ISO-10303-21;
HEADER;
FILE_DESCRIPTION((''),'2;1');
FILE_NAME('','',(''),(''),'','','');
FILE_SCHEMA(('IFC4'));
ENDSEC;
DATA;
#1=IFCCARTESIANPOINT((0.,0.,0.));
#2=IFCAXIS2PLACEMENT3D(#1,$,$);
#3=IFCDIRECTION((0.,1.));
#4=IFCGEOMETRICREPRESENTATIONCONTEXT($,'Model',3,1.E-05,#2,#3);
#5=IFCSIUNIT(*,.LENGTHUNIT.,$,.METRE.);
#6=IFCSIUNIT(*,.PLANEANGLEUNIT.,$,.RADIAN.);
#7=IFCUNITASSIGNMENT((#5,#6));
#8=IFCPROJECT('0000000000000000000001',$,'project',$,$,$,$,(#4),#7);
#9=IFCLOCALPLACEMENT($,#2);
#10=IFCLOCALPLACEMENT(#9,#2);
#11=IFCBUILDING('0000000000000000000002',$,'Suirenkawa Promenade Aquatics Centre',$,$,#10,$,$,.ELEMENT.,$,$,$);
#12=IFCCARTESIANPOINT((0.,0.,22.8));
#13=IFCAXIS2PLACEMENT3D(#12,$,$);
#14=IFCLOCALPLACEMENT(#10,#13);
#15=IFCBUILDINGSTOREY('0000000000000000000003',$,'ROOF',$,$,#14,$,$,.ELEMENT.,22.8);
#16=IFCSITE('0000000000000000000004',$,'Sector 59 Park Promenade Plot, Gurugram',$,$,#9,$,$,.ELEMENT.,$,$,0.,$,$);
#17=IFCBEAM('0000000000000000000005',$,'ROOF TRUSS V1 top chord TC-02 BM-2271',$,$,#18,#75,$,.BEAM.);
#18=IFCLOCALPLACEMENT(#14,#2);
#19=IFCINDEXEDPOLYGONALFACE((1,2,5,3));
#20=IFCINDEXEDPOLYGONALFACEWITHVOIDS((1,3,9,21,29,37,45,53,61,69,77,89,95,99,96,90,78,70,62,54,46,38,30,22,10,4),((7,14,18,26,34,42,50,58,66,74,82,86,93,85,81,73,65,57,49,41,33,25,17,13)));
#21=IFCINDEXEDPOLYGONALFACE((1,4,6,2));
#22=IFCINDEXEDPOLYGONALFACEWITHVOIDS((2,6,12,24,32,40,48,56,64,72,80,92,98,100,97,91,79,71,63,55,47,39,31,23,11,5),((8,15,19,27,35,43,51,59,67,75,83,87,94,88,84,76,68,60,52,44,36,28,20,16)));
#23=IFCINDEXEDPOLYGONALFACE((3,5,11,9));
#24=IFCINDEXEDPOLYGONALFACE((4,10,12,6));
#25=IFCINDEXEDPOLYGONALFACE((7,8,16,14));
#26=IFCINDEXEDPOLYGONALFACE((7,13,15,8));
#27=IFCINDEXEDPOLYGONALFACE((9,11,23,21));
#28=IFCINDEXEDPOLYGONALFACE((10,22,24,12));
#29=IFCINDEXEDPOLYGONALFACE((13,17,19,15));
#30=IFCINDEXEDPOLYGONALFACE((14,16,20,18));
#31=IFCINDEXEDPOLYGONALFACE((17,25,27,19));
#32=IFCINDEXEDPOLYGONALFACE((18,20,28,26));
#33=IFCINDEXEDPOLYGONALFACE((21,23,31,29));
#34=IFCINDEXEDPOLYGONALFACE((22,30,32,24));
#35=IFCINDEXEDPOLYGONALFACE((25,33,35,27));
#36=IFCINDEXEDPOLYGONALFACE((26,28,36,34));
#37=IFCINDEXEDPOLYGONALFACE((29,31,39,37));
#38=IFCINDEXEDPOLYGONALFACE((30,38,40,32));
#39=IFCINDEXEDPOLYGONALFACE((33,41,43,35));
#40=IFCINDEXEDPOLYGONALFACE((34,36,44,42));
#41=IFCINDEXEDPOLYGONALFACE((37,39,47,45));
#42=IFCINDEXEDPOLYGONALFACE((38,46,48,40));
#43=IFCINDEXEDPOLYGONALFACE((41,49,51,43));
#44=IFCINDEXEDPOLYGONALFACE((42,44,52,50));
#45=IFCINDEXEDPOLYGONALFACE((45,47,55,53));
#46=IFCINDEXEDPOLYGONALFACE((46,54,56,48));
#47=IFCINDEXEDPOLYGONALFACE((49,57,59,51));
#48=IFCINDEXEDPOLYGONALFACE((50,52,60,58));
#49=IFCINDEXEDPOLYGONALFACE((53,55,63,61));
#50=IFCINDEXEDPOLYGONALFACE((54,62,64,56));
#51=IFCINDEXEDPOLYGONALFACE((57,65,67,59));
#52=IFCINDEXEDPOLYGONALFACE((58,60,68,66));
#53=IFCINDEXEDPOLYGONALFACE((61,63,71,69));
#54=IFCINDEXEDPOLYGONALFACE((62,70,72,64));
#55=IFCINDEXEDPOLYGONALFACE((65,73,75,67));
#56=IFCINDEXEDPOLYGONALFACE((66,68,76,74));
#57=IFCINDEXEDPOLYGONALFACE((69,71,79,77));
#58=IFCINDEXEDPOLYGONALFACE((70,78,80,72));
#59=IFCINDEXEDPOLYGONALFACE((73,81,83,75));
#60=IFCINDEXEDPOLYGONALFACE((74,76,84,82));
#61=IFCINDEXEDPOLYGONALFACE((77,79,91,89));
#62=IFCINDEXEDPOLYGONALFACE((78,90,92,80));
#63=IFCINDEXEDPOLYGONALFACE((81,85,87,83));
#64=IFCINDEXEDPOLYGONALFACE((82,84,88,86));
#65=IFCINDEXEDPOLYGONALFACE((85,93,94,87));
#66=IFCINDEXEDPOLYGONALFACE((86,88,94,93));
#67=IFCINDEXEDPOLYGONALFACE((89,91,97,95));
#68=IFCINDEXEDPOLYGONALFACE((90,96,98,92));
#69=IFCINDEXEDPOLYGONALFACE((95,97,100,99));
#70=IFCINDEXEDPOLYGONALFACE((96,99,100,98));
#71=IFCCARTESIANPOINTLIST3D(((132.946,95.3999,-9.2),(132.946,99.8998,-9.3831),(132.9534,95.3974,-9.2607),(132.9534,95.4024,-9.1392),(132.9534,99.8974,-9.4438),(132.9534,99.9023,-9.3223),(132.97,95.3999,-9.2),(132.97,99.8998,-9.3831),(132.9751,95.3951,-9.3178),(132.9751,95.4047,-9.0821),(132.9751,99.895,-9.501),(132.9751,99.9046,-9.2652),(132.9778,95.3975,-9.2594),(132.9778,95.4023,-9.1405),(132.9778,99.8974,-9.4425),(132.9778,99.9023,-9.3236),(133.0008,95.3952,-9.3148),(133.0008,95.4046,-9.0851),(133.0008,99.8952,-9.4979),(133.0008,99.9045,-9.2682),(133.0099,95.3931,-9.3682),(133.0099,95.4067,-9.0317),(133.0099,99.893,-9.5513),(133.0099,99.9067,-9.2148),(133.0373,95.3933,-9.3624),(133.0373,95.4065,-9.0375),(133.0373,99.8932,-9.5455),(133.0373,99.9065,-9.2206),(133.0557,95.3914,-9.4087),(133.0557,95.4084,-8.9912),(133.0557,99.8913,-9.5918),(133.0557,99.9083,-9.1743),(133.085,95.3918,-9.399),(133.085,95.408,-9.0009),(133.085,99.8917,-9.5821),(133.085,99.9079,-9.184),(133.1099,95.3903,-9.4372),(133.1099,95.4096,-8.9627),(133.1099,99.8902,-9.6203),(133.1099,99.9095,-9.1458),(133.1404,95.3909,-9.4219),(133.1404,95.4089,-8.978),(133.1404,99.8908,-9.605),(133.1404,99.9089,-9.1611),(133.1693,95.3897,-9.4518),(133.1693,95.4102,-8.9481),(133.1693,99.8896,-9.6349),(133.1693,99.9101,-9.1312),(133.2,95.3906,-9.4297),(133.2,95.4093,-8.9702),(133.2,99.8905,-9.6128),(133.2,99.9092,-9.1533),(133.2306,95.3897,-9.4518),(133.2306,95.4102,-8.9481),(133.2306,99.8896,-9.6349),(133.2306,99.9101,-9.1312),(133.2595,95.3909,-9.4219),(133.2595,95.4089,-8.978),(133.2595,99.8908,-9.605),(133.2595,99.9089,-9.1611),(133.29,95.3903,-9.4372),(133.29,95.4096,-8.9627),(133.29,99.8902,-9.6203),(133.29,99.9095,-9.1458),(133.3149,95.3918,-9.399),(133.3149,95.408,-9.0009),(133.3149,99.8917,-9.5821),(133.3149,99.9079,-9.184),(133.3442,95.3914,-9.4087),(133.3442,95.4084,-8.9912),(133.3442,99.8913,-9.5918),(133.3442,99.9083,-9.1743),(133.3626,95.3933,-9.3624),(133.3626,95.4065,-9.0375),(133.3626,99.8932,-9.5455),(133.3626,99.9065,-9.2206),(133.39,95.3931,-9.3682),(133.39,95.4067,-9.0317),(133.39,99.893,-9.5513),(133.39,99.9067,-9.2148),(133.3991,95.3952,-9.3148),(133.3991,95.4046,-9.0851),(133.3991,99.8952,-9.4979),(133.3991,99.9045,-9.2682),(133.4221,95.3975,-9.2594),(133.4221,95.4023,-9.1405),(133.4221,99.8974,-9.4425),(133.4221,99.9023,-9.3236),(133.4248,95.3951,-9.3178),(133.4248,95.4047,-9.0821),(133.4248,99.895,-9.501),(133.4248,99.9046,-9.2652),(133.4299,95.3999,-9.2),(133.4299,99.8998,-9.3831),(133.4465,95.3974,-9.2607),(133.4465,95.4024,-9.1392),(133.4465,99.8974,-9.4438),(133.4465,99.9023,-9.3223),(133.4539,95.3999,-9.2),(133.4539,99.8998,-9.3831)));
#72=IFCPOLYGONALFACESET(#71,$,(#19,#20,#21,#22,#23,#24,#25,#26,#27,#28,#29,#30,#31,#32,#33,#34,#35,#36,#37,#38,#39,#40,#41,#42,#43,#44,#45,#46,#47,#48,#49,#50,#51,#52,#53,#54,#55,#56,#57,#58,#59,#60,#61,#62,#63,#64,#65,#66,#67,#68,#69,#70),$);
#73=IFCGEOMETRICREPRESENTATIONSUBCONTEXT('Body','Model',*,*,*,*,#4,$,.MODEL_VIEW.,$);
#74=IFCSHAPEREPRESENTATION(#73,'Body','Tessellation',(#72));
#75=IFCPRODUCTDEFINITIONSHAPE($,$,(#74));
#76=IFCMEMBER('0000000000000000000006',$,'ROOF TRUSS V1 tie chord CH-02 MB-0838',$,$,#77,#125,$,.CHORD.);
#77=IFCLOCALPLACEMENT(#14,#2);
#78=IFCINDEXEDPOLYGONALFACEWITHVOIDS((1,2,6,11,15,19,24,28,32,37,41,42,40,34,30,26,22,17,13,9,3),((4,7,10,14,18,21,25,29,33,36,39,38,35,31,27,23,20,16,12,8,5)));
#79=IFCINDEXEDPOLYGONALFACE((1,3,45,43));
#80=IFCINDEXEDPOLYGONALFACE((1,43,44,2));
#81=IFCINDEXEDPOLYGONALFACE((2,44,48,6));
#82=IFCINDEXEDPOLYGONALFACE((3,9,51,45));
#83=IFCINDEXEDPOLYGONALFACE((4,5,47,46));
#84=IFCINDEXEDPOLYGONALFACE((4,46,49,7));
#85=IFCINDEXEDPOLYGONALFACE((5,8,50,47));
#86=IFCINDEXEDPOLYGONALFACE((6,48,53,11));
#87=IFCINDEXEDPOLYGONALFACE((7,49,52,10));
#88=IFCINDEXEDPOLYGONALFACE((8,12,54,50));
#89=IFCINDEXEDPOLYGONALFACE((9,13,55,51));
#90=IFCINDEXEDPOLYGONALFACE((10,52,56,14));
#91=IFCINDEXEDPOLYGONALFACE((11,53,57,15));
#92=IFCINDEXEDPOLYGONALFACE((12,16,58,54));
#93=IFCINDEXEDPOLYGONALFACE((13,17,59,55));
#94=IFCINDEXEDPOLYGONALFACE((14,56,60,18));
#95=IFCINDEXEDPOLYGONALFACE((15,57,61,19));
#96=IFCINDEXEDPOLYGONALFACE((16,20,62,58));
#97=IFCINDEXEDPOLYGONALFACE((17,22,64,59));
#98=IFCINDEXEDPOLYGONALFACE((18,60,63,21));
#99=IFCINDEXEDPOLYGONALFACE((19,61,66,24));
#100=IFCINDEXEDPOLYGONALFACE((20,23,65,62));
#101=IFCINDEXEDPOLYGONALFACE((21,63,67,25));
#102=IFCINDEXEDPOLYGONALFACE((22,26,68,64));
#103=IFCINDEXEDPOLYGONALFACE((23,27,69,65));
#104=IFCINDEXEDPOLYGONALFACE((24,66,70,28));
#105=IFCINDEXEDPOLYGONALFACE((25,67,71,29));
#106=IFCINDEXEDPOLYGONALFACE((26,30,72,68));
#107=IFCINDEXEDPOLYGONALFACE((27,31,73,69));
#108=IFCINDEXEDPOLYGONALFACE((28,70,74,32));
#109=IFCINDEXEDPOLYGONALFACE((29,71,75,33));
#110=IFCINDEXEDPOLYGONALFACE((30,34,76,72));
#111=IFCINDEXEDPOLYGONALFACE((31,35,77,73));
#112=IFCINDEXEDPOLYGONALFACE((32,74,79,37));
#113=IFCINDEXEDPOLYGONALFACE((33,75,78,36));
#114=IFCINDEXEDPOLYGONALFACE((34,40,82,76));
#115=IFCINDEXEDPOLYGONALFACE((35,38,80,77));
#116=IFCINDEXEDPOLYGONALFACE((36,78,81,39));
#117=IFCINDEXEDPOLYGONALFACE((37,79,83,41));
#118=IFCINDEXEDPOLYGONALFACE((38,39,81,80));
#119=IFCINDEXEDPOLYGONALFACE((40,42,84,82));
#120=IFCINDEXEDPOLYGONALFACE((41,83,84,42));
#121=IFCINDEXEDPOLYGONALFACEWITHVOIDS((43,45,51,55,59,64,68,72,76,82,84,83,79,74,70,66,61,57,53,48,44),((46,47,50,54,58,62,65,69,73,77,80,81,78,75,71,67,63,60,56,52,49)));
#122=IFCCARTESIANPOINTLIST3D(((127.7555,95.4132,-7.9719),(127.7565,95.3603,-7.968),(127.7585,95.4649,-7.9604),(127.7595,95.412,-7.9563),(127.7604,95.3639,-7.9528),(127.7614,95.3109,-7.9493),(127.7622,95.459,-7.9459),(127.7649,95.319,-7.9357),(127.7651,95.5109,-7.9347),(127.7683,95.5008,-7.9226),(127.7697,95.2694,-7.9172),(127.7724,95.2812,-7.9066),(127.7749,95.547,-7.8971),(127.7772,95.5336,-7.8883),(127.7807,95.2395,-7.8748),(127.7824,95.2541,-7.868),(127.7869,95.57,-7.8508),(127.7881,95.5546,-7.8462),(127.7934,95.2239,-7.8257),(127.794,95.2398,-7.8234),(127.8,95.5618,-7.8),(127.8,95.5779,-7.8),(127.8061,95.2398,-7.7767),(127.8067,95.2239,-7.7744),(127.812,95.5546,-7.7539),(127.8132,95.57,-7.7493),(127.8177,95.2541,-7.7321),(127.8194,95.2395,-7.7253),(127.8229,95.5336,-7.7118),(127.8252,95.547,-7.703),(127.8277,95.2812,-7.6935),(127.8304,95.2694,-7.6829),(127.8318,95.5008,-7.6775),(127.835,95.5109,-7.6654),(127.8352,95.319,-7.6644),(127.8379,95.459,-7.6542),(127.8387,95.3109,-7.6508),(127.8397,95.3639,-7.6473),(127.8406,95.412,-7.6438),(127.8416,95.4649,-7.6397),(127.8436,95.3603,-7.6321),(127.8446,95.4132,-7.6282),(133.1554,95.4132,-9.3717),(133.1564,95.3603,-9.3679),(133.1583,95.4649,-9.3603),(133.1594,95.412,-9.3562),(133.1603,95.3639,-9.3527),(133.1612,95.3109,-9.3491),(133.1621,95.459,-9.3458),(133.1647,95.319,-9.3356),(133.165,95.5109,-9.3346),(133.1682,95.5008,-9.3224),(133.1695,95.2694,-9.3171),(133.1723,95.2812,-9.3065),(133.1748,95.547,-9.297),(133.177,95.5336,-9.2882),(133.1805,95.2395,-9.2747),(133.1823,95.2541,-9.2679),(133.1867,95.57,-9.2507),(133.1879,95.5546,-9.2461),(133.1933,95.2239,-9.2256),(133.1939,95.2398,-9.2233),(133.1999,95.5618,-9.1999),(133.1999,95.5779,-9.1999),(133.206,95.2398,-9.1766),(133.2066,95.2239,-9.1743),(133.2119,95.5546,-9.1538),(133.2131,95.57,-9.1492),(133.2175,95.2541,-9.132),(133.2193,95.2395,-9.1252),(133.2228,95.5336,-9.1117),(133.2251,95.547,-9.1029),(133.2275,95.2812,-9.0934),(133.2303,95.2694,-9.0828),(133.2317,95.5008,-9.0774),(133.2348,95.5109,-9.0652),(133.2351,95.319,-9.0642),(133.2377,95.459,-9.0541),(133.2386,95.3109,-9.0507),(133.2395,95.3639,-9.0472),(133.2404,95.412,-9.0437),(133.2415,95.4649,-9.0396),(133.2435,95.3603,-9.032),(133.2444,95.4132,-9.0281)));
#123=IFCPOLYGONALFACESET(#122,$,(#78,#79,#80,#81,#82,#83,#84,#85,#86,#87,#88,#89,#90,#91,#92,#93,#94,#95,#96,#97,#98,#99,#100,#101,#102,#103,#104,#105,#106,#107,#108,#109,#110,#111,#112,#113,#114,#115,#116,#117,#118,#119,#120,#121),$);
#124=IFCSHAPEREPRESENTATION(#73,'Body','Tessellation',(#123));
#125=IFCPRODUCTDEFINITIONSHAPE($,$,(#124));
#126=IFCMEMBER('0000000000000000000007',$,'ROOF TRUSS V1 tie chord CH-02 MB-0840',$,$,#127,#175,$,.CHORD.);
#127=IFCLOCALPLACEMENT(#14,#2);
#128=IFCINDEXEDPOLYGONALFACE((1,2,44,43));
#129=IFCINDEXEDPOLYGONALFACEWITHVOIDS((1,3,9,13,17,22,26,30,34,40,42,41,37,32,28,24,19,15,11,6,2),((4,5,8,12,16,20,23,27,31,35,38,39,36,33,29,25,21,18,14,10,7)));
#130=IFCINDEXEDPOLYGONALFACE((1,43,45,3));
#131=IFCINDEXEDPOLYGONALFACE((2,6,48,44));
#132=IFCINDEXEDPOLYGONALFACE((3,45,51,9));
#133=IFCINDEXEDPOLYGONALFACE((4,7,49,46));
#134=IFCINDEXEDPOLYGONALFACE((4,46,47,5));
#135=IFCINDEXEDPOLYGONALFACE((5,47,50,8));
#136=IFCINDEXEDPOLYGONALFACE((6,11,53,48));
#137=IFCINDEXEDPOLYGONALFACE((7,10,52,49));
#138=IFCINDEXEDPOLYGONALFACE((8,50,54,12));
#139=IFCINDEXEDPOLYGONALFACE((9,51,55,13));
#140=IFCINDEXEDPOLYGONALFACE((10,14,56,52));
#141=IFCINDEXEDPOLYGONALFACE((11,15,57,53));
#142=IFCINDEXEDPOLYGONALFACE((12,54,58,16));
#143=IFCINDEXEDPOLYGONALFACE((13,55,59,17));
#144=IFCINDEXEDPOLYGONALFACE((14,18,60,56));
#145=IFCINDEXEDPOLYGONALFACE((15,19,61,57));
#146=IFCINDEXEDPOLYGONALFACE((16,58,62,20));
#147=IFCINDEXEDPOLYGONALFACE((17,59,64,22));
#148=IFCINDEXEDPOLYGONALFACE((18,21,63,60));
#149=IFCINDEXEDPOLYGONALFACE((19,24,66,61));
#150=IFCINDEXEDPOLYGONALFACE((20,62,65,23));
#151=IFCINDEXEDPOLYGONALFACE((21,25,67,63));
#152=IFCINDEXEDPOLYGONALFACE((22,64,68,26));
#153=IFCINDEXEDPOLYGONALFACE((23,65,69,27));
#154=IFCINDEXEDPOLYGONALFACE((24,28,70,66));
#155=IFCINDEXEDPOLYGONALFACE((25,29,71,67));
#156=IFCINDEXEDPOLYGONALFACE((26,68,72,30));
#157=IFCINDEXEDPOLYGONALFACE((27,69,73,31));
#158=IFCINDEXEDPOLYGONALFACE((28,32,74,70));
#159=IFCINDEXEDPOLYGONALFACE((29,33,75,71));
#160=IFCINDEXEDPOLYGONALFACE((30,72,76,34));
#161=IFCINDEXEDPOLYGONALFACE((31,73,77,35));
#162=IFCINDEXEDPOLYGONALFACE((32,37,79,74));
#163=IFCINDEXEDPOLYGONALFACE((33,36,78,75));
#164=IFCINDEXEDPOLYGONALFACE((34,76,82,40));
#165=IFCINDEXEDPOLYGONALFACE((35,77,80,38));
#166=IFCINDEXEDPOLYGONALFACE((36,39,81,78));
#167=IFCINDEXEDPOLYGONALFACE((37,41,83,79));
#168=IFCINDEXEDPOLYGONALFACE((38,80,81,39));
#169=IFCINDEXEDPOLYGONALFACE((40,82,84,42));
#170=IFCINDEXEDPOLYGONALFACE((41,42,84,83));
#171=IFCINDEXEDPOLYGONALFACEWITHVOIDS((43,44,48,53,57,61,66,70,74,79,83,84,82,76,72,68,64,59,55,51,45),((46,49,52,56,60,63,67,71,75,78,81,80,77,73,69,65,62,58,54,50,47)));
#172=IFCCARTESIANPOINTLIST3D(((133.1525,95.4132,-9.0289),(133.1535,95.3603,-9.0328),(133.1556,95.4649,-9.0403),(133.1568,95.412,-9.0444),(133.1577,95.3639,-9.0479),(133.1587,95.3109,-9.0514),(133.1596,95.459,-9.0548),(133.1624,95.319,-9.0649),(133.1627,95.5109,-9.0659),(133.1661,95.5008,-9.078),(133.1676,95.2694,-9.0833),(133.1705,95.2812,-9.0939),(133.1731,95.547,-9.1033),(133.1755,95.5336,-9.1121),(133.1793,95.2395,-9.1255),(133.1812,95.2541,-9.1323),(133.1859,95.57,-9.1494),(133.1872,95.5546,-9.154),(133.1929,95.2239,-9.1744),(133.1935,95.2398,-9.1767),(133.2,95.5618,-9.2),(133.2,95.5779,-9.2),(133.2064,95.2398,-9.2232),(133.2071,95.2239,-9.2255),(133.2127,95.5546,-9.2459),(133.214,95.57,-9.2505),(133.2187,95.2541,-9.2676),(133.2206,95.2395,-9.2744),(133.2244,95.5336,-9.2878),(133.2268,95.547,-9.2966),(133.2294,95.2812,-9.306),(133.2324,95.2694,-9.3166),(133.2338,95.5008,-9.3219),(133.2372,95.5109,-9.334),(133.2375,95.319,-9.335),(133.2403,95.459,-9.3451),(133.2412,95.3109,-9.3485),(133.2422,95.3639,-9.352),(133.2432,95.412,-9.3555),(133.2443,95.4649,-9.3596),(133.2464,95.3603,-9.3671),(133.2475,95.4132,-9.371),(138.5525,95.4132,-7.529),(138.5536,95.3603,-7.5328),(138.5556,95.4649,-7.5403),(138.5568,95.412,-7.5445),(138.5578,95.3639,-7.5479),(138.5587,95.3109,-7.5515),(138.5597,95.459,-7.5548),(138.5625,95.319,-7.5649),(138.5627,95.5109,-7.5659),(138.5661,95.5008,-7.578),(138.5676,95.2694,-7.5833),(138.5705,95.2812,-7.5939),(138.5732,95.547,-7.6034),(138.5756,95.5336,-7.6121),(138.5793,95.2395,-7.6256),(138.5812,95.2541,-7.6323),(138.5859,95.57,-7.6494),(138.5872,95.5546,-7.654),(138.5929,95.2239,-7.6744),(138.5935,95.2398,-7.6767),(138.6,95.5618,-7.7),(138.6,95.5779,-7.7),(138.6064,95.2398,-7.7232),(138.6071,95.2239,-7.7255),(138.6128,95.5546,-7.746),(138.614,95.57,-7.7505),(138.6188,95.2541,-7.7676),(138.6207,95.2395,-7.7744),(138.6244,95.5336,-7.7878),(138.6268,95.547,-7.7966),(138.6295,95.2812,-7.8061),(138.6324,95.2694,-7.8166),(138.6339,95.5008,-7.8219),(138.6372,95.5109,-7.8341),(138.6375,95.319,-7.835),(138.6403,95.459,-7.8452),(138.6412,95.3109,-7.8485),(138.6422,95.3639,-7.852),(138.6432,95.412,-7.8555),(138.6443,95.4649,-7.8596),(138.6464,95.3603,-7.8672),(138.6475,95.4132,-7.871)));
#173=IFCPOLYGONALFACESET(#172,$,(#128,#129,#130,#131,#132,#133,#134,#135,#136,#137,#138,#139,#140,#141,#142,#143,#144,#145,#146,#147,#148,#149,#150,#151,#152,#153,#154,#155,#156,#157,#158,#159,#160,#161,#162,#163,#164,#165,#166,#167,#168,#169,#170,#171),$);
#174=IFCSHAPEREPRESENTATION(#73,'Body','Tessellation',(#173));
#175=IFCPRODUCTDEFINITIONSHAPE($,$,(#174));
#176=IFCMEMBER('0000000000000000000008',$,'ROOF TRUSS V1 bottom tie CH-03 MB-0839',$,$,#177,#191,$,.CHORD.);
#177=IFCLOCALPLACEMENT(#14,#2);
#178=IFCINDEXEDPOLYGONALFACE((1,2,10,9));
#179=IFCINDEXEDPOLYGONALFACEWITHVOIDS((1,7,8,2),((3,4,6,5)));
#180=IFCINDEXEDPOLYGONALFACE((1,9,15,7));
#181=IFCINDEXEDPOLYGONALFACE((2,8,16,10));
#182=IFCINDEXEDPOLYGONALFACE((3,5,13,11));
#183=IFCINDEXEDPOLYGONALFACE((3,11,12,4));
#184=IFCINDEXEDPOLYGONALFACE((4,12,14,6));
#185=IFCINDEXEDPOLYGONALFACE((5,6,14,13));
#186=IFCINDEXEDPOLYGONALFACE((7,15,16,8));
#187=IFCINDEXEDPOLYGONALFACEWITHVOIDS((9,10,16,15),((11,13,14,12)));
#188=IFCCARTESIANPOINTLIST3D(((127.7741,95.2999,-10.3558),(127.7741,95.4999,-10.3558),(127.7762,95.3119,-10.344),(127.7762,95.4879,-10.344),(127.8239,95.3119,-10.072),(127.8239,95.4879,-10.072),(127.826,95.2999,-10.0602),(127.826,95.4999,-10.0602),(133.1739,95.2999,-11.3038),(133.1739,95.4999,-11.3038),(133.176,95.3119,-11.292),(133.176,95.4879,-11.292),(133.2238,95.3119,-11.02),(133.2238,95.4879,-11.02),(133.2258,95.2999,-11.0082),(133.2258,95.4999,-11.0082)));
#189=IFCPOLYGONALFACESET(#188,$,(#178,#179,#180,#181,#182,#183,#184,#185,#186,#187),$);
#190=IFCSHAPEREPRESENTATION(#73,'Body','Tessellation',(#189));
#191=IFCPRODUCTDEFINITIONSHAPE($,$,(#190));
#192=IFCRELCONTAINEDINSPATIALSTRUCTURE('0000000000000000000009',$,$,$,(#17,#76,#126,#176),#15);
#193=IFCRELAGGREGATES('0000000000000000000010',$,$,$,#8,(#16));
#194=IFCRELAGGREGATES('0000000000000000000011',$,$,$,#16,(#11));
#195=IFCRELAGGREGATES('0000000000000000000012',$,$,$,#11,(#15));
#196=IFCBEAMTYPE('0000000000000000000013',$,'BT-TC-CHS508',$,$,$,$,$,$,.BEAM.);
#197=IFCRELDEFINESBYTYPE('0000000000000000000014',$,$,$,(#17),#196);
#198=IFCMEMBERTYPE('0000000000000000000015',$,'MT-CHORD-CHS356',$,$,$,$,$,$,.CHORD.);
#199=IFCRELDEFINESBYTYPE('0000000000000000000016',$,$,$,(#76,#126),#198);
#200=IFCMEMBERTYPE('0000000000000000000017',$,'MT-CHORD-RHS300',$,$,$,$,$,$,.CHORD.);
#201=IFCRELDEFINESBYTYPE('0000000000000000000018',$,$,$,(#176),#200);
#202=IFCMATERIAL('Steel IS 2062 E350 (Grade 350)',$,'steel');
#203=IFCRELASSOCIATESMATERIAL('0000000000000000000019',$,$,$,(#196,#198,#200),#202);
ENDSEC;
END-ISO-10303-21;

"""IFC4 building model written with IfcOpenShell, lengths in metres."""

from ifc_helpers import new_model, si_unit, direction, frame, origin, origin_2d, place, context, subcontext, project, spatial, hollow_rectangle, hollow_circle, extrude, material, material_profile, profile_set, type_object, element, save


model = new_model("IFC4")

# Units and contexts
model_context = context("Model", 3, precision=1e-05, world=origin(), true_north=direction((0.0, 1.0)))
body_context = subcontext(model_context, "Body", "Model", "MODEL_VIEW")
ifc_project = project(units=[si_unit("LENGTHUNIT", "METRE"), si_unit("PLANEANGLEUNIT", "RADIAN")], contexts=[model_context])

# Site, building, storey
site_placement = place(None, origin())
site = spatial("IfcSite", under=ifc_project, at=site_placement, Name="Sector 59 Park Promenade Plot, Gurugram", CompositionType="ELEMENT", RefElevation=0.0)
building_placement = place(site_placement, origin())
building = spatial("IfcBuilding", under=site, at=building_placement, Name="Suirenkawa Promenade Aquatics Centre", CompositionType="ELEMENT")
storey_placement = place(building_placement, frame((0.0, 0.0, 22.8)))
storey = spatial("IfcBuildingStorey", under=building, at=storey_placement, Name="ROOF", CompositionType="ELEMENT", Elevation=22.8)

# Beam
ifc_material_1 = material(Name="Steel IS 2062 E350 (Grade 350)", Category="steel")
ifc_material_profile_1 = material_profile(ifc_material_1, hollow_circle(Radius=0.2539, WallThickness=0.0239, at=origin_2d()), Name="CHS 508x24", Category="steel")
ifc_profile_set_1 = profile_set([ifc_material_profile_1], Name="Steel IS 2062 E350 (Grade 350)")
beam_type_1 = type_object("IfcBeamType", Name="BT-TC-CHS508", PredefinedType="BEAM", material=ifc_profile_set_1)
for number, where, z_axis, x_axis, name in (
    (1, (133.2, 95.3999, -9.2), (0.0, 0.999173, -0.040656), (-1.0, 0.0, 0.0), "ROOF TRUSS V1 top chord TC-02 BM-2271"),
):
    element("IfcBeam", number, at=place(storey_placement, frame(where, z_axis=z_axis, x_axis=x_axis)), inside=storey, type_object=beam_type_1, Name=name, PredefinedType="BEAM", context=body_context, shape_type="SweptSolid", body=[
        extrude(hollow_circle(Radius=0.2539, WallThickness=0.0239, at=origin_2d()), origin(), (0.0, 0.0, 1.0), 4.5037),
    ])

# Members
ifc_material_profile_2 = material_profile(ifc_material_1, hollow_circle(Radius=0.178, WallThickness=0.0161, at=origin_2d()), Name="CHS 356x16", Category="steel")
ifc_profile_set_2 = profile_set([ifc_material_profile_2], Name="Steel IS 2062 E350 (Grade 350)")
member_type_1 = type_object("IfcMemberType", Name="MT-CHORD-CHS356", PredefinedType="CHORD", material=ifc_profile_set_2)
member_1_placement = place(storey_placement, frame((127.8, 95.3999, -7.8), z_axis=(0.968, 0.0, -0.25095), x_axis=(0.0, 1.0, 0.0)))
element("IfcMember", 2, at=member_1_placement, inside=storey, type_object=member_type_1, Name="ROOF TRUSS V1 tie chord CH-02 MB-0838", PredefinedType="CHORD", context=body_context, shape_type="SweptSolid", body=[
    extrude(hollow_circle(Radius=0.178, WallThickness=0.0161, at=origin_2d()), origin(), (0.0, 0.0, 1.0), 5.5784),
])
member_2_placement = place(storey_placement, frame((133.2, 95.3999, -9.2), z_axis=(0.96352, 0.0, 0.267637), x_axis=(0.0, 1.0, 0.0)))
element("IfcMember", 3, at=member_2_placement, inside=storey, type_object=member_type_1, Name="ROOF TRUSS V1 tie chord CH-02 MB-0840", PredefinedType="CHORD", context=body_context, shape_type="SweptSolid", body=[
    extrude(hollow_circle(Radius=0.178, WallThickness=0.0161, at=origin_2d()), origin(), (0.0, 0.0, 1.0), 5.6045),
])
ifc_material_profile_3 = material_profile(ifc_material_1, hollow_rectangle(XDim=0.2, YDim=0.3, WallThickness=0.012, at=origin_2d()), Name="RHS 300x200x12", Category="steel")
ifc_profile_set_3 = profile_set([ifc_material_profile_3], Name="Steel IS 2062 E350 (Grade 350)")
member_type_2 = type_object("IfcMemberType", Name="MT-CHORD-RHS300", PredefinedType="CHORD", material=ifc_profile_set_3)
member_3_placement = place(storey_placement, frame((127.8, 95.3999, -10.208), z_axis=(0.984937, 0.0, -0.172914), x_axis=(0.0, 1.0, 0.0)))
element("IfcMember", 4, at=member_3_placement, inside=storey, type_object=member_type_2, Name="ROOF TRUSS V1 bottom tie CH-03 MB-0839", PredefinedType="CHORD", context=body_context, shape_type="SweptSolid", body=[
    extrude(hollow_rectangle(XDim=0.2, YDim=0.3, WallThickness=0.012, at=origin_2d()), origin(), (0.0, 0.0, 1.0), 5.4824),
])

save(model, "model.ifc")
